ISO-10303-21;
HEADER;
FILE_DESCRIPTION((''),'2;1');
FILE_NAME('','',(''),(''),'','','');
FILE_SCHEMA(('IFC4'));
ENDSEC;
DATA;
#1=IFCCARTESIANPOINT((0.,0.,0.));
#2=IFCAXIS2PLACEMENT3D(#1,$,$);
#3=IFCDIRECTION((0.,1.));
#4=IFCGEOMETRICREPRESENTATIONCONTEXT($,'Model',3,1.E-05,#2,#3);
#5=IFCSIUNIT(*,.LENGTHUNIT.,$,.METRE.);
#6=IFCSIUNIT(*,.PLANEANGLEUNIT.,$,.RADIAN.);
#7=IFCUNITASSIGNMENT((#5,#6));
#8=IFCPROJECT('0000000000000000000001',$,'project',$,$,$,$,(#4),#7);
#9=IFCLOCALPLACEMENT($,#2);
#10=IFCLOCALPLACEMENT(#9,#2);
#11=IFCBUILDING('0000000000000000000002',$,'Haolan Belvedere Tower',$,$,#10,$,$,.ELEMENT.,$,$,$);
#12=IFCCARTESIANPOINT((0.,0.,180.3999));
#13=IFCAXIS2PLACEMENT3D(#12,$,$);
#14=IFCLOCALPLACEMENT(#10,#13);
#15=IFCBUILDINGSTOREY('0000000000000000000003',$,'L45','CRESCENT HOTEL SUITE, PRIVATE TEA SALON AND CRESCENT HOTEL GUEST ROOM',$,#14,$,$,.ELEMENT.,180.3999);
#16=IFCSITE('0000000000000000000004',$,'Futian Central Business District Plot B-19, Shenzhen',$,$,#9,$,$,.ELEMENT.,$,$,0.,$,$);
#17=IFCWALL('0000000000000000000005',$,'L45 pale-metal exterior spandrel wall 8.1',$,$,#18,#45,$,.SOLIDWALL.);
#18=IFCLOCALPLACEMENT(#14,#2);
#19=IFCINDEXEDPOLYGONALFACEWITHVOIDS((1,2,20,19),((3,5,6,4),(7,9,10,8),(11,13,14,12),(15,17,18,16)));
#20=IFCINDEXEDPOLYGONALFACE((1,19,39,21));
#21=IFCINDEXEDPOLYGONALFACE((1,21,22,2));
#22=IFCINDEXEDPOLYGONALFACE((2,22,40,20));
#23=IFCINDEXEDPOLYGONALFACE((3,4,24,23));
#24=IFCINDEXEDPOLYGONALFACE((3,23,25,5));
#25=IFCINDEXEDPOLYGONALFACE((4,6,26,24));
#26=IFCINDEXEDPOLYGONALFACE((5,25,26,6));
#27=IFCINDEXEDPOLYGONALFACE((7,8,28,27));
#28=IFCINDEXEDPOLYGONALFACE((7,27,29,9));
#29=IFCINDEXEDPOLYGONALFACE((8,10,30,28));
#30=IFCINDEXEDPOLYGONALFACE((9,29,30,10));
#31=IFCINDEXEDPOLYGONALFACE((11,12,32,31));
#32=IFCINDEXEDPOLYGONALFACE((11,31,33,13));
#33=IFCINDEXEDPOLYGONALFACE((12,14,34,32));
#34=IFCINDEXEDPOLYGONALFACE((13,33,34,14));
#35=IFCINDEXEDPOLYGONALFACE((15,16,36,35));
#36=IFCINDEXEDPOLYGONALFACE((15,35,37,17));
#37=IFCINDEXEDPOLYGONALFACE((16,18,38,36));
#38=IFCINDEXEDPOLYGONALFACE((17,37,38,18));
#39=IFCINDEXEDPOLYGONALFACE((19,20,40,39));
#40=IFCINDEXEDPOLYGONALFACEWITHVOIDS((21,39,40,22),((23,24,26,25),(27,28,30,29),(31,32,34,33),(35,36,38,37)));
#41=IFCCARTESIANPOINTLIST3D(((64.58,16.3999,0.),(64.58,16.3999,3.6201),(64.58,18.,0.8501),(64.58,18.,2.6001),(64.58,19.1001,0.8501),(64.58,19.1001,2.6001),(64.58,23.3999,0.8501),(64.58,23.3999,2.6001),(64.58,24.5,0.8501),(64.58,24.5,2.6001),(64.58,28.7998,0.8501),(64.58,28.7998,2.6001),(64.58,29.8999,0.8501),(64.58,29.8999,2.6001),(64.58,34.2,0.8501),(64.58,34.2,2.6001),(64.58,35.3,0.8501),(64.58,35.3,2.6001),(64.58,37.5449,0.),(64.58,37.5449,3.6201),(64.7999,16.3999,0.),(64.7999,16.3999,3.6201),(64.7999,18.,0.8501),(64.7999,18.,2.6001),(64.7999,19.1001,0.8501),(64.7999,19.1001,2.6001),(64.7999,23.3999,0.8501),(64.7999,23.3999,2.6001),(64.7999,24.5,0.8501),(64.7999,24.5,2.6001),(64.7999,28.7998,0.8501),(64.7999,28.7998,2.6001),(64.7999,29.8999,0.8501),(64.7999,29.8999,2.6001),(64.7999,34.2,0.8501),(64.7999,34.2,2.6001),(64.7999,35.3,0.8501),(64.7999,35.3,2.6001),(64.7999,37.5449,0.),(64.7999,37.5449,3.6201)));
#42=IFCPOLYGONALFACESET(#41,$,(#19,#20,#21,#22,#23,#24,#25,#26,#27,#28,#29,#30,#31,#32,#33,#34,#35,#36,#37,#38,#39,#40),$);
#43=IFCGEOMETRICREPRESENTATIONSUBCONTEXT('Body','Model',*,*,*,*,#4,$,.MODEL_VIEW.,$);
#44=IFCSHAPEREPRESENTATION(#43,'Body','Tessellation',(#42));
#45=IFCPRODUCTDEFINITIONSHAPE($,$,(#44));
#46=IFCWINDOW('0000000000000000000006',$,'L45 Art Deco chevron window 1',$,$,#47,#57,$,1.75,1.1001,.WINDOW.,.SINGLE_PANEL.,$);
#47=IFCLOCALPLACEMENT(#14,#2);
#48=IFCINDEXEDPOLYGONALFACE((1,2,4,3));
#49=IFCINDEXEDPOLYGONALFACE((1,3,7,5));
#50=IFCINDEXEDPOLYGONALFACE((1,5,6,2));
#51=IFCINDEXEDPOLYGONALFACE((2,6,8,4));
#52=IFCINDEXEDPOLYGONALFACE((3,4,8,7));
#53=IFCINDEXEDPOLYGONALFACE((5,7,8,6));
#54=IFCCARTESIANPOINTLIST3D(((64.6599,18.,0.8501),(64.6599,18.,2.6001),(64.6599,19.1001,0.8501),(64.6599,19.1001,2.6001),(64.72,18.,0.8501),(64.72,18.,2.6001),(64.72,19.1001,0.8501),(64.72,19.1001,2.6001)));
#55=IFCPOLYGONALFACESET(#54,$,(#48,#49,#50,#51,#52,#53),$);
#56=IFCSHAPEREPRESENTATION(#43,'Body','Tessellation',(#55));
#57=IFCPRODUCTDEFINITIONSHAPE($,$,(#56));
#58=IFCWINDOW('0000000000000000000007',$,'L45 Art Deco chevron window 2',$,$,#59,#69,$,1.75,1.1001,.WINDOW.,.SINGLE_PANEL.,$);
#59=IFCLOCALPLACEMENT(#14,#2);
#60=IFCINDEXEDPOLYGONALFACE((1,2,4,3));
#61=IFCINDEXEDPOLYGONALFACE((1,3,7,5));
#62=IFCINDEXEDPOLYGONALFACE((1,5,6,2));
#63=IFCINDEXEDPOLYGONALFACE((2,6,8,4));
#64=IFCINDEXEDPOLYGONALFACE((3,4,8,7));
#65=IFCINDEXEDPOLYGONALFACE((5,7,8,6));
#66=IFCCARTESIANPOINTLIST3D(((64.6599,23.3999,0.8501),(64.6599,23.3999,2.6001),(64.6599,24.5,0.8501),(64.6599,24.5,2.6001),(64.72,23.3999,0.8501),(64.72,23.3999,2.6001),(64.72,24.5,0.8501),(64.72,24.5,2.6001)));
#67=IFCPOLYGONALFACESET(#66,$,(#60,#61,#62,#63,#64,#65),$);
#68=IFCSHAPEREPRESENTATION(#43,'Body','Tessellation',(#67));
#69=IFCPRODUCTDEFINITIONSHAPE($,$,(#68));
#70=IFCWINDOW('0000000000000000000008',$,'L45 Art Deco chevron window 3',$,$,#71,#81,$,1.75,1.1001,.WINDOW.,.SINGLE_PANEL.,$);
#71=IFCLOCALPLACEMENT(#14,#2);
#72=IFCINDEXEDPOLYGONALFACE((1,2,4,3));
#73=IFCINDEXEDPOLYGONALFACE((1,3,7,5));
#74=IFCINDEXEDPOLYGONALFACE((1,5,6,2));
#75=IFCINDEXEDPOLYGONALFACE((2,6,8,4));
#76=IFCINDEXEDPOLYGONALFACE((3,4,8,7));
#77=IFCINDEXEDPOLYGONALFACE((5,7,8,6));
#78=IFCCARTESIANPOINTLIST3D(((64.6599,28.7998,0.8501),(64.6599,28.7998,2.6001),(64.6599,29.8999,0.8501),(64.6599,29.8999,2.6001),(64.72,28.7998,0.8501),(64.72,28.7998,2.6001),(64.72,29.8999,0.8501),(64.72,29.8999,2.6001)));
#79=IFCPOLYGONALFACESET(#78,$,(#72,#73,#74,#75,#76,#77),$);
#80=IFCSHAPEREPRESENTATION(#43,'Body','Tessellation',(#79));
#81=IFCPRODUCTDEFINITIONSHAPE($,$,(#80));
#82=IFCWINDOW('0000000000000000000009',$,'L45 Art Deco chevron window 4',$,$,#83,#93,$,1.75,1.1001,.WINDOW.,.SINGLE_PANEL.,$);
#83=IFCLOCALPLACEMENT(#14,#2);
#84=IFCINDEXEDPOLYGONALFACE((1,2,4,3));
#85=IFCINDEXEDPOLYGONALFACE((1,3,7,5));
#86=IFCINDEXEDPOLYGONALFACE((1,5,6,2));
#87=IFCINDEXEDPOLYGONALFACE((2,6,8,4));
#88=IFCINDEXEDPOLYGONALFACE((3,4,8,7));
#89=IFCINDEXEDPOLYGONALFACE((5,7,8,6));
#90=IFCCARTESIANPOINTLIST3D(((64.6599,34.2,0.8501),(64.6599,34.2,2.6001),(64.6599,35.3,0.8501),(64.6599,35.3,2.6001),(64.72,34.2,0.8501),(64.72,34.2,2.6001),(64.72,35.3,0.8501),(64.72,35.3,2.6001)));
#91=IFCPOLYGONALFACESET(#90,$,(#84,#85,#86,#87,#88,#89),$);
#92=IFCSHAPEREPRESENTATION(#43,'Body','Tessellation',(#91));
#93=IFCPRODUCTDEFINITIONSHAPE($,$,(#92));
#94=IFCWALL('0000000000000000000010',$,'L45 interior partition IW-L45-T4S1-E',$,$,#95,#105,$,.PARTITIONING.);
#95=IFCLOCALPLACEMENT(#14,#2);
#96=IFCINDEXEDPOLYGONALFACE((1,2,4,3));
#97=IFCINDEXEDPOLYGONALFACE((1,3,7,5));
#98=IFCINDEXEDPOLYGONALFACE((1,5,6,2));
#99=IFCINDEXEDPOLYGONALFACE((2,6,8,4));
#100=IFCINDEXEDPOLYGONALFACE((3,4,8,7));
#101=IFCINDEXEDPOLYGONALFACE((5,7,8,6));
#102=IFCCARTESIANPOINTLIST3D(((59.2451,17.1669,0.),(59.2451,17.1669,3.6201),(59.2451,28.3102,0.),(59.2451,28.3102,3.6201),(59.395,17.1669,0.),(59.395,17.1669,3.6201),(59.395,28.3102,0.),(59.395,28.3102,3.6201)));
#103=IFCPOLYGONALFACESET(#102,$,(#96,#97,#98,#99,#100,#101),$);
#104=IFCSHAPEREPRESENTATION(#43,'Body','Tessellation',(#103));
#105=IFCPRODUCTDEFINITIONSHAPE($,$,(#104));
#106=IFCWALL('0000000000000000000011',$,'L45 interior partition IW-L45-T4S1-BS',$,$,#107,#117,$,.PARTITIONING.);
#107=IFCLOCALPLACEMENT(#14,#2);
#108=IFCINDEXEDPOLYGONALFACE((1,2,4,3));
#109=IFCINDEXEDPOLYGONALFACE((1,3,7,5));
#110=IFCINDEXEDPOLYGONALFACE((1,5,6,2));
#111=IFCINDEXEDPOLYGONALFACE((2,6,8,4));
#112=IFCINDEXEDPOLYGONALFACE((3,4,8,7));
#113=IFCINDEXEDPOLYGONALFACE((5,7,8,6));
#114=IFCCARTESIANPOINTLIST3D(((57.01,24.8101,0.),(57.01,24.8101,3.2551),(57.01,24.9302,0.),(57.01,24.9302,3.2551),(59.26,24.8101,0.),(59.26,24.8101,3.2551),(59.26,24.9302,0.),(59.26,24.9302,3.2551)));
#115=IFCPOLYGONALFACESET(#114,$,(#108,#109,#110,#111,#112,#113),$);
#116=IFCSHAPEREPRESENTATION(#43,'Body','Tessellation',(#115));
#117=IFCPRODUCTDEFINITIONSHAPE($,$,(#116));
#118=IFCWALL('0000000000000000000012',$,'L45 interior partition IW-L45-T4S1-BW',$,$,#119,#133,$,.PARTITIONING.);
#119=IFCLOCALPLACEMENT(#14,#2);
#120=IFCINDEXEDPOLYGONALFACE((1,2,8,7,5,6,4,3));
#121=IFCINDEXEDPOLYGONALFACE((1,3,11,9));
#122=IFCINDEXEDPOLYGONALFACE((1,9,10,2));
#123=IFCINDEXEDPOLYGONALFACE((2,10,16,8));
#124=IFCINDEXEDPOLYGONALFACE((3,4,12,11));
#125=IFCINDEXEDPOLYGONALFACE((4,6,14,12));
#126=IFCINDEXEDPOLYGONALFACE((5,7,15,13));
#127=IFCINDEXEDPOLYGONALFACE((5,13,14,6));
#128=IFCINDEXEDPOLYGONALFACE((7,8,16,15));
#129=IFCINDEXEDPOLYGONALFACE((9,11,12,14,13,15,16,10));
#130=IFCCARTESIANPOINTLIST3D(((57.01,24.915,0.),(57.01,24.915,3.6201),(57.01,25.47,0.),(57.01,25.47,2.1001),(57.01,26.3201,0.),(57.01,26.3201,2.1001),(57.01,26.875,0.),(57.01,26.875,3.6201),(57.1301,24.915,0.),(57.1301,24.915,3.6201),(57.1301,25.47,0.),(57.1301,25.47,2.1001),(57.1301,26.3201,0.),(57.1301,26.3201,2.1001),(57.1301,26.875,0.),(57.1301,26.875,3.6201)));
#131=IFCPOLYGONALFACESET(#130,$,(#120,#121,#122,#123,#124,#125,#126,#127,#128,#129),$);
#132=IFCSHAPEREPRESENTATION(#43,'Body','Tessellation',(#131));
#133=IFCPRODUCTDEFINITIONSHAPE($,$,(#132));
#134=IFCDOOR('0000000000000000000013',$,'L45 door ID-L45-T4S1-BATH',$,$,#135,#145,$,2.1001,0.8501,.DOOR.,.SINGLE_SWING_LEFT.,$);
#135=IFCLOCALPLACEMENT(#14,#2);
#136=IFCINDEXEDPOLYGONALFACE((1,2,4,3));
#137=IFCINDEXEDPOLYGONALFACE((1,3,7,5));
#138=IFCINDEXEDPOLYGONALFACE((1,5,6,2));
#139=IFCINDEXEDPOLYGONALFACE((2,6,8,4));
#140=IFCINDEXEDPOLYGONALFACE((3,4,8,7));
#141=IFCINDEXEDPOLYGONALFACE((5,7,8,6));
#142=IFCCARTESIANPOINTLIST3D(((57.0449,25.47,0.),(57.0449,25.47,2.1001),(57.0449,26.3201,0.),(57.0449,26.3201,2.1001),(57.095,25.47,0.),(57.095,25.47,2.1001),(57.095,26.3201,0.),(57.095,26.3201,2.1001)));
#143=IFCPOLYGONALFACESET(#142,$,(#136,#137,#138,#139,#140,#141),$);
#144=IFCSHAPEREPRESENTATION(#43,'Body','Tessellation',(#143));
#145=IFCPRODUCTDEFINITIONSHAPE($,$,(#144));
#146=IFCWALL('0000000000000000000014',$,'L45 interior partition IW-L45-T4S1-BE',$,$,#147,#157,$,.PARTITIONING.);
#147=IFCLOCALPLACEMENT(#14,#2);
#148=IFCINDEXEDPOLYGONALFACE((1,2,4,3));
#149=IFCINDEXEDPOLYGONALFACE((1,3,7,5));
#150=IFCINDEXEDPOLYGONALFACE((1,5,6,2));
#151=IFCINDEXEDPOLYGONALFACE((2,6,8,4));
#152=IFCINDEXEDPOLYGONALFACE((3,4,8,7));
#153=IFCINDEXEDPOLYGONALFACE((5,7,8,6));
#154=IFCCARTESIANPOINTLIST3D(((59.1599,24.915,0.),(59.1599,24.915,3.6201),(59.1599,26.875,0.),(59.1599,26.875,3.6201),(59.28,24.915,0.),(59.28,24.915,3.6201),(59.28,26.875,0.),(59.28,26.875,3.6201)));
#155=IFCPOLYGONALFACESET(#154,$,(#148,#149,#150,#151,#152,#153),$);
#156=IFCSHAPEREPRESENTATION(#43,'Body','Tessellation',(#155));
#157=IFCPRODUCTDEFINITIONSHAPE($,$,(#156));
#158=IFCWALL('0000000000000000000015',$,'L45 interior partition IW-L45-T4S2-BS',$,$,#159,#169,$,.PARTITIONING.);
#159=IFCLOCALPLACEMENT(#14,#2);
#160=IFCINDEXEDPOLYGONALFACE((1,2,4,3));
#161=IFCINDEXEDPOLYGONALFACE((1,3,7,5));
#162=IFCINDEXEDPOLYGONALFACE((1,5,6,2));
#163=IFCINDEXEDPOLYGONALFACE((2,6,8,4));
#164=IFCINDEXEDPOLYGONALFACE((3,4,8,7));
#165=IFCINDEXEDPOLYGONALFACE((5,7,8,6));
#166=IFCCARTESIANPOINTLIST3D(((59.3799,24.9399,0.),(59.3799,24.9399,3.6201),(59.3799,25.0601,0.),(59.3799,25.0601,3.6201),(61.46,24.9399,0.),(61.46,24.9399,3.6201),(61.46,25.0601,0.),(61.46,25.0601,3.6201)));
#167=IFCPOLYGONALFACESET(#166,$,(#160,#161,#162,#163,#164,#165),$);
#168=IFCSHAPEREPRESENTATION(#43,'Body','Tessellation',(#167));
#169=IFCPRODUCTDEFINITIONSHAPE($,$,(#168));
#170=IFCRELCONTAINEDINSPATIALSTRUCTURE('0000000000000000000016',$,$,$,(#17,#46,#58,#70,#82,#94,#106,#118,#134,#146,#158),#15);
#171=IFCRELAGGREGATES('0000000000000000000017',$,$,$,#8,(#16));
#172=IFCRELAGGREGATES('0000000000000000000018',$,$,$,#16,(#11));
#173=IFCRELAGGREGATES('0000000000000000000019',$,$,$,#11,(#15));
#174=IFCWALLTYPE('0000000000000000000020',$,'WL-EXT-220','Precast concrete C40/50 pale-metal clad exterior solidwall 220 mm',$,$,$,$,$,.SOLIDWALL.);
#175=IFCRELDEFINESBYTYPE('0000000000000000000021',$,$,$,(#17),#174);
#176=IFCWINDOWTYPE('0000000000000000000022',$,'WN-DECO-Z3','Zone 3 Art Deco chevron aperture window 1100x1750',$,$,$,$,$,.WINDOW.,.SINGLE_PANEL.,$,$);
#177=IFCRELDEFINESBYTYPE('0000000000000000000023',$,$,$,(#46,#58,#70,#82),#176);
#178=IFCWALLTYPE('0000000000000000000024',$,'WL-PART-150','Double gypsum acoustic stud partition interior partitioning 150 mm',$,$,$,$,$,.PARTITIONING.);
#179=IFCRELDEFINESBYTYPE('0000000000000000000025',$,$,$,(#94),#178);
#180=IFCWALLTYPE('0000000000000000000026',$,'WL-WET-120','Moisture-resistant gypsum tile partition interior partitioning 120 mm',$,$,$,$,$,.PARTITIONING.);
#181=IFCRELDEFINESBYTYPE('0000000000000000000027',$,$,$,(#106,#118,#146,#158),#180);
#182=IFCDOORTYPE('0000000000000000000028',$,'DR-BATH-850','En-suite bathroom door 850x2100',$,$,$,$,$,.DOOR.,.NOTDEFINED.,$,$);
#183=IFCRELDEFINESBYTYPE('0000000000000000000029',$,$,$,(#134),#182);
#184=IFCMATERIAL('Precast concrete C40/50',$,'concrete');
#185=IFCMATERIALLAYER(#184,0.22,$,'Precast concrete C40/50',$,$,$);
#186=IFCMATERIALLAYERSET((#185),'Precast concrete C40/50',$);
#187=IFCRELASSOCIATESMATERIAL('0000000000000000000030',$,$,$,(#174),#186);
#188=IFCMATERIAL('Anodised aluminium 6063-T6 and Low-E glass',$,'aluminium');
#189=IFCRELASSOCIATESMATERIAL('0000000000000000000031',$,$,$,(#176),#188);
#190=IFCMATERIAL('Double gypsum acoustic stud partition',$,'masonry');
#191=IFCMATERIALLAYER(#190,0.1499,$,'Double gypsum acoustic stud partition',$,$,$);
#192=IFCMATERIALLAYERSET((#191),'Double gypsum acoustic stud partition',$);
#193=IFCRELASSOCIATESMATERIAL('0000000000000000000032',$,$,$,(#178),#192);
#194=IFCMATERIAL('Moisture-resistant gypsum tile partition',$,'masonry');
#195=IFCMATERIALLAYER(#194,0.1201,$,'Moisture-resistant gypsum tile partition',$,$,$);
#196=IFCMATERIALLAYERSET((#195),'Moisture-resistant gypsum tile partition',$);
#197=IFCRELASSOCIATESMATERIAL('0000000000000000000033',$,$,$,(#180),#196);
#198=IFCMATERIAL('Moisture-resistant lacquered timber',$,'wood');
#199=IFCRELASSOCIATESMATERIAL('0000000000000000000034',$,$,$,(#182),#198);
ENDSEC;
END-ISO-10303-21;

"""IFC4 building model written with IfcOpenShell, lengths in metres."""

from ifc_helpers import new_model, si_unit, direction, frame, frame_2d, origin, place, context, subcontext, project, spatial, rectangle, extrude, material, layer, layer_set, type_object, element, fill, save


model = new_model("IFC4")

# Units and contexts
model_context = context("Model", 3, precision=1e-05, world=origin(), true_north=direction((0.0, 1.0)))
body_context = subcontext(model_context, "Body", "Model", "MODEL_VIEW")
ifc_project = project(units=[si_unit("LENGTHUNIT", "METRE"), si_unit("PLANEANGLEUNIT", "RADIAN")], contexts=[model_context])

# Site, building, storey
site_placement = place(None, origin())
site = spatial("IfcSite", under=ifc_project, at=site_placement, Name="Futian Central Business District Plot B-19, Shenzhen", CompositionType="ELEMENT", RefElevation=0.0)
building_placement = place(site_placement, origin())
building = spatial("IfcBuilding", under=site, at=building_placement, Name="Haolan Belvedere Tower", CompositionType="ELEMENT")
storey_placement = place(building_placement, frame((0.0, 0.0, 180.3999)))
storey = spatial("IfcBuildingStorey", under=building, at=storey_placement, Name="L45", Description="CRESCENT HOTEL SUITE, PRIVATE TEA SALON AND CRESCENT HOTEL GUEST ROOM", CompositionType="ELEMENT", Elevation=180.3999)

# Shared definitions
ifc_material_1 = material(Name="Precast concrete C40/50", Category="concrete")
ifc_layer_1 = layer(ifc_material_1, 0.22, Name="Precast concrete C40/50")
ifc_layer_set_1 = layer_set([ifc_layer_1], Name="Precast concrete C40/50")
wall_type_1 = type_object("IfcWallType", Name="WL-EXT-220", Description="Precast concrete C40/50 pale-metal clad exterior solidwall 220 mm", PredefinedType="SOLIDWALL", material=ifc_layer_set_1)
ifc_material_2 = material(Name="Anodised aluminium 6063-T6 and Low-E glass", Category="aluminium")
window_type = type_object("IfcWindowType", Name="WN-DECO-Z3", Description="Zone 3 Art Deco chevron aperture window 1100x1750", PartitioningType="SINGLE_PANEL", PredefinedType="WINDOW", material=ifc_material_2)

# Wall, openings, windows
wall_1_placement = place(storey_placement, frame((64.6899, 16.3999, 0.0), z_axis=(0.0, 0.0, 1.0), x_axis=(0.0, 1.0, 0.0)))
wall_1 = element("IfcWall", 1, at=wall_1_placement, inside=storey, type_object=wall_type_1, Name="L45 pale-metal exterior spandrel wall 8.1", PredefinedType="SOLIDWALL", context=body_context, shape_type="SweptSolid", body=[
    extrude(rectangle(XDim=21.145, YDim=0.22, at=frame_2d((10.5725, 0.0))), origin(), (0.0, 0.0, 1.0), 3.6201),
])
opening_1_placement = place(wall_1_placement, frame((1.6001, 0.0, 0.8501)))
opening_1 = element("IfcOpeningElement", 2, at=opening_1_placement, cuts=wall_1, PredefinedType="OPENING", context=body_context, shape_type="SweptSolid", body=[
    extrude(rectangle(XDim=1.1001, YDim=1.75, at=frame_2d((0.55, 0.875))), frame((0.0, 0.1199, 0.0), z_axis=(0.0, -1.0, 0.0), x_axis=(1.0, 0.0, 0.0)), (0.0, 0.0, 1.0), 0.24),
])
opening_2_placement = place(wall_1_placement, frame((7.0, 0.0, 0.8501)))
opening_2 = element("IfcOpeningElement", 3, at=opening_2_placement, cuts=wall_1, PredefinedType="OPENING", context=body_context, shape_type="SweptSolid", body=[
    extrude(rectangle(XDim=1.1001, YDim=1.75, at=frame_2d((0.55, 0.875))), frame((0.0, 0.1199, 0.0), z_axis=(0.0, -1.0, 0.0), x_axis=(1.0, 0.0, 0.0)), (0.0, 0.0, 1.0), 0.24),
])
opening_3_placement = place(wall_1_placement, frame((12.3999, 0.0, 0.8501)))
opening_3 = element("IfcOpeningElement", 4, at=opening_3_placement, cuts=wall_1, PredefinedType="OPENING", context=body_context, shape_type="SweptSolid", body=[
    extrude(rectangle(XDim=1.1001, YDim=1.75, at=frame_2d((0.55, 0.875))), frame((0.0, 0.1199, 0.0), z_axis=(0.0, -1.0, 0.0), x_axis=(1.0, 0.0, 0.0)), (0.0, 0.0, 1.0), 0.24),
])
opening_4_placement = place(wall_1_placement, frame((17.8, 0.0, 0.8501)))
opening_4 = element("IfcOpeningElement", 5, at=opening_4_placement, cuts=wall_1, PredefinedType="OPENING", context=body_context, shape_type="SweptSolid", body=[
    extrude(rectangle(XDim=1.1001, YDim=1.75, at=frame_2d((0.55, 0.875))), frame((0.0, 0.1199, 0.0), z_axis=(0.0, -1.0, 0.0), x_axis=(1.0, 0.0, 0.0)), (0.0, 0.0, 1.0), 0.24),
])
window_1_placement = place(opening_1_placement, origin())
window_1 = element("IfcWindow", 6, at=window_1_placement, inside=storey, type_object=window_type, Name="L45 Art Deco chevron window 1", OverallHeight=1.75, OverallWidth=1.1001, PartitioningType="SINGLE_PANEL", PredefinedType="WINDOW", context=body_context, shape_type="SweptSolid", body=[
    extrude(rectangle(XDim=1.1001, YDim=1.75, at=frame_2d((0.55, 0.875))), frame((0.0, 0.03, 0.0), z_axis=(0.0, -1.0, 0.0), x_axis=(1.0, 0.0, 0.0)), (0.0, 0.0, 1.0), 0.0601),
])
fill(opening_1, window_1)
window_2_placement = place(opening_2_placement, origin())
window_2 = element("IfcWindow", 7, at=window_2_placement, inside=storey, type_object=window_type, Name="L45 Art Deco chevron window 2", OverallHeight=1.75, OverallWidth=1.1001, PartitioningType="SINGLE_PANEL", PredefinedType="WINDOW", context=body_context, shape_type="SweptSolid", body=[
    extrude(rectangle(XDim=1.1001, YDim=1.75, at=frame_2d((0.55, 0.875))), frame((0.0, 0.03, 0.0), z_axis=(0.0, -1.0, 0.0), x_axis=(1.0, 0.0, 0.0)), (0.0, 0.0, 1.0), 0.0601),
])
fill(opening_2, window_2)
window_3_placement = place(opening_3_placement, origin())
window_3 = element("IfcWindow", 8, at=window_3_placement, inside=storey, type_object=window_type, Name="L45 Art Deco chevron window 3", OverallHeight=1.75, OverallWidth=1.1001, PartitioningType="SINGLE_PANEL", PredefinedType="WINDOW", context=body_context, shape_type="SweptSolid", body=[
    extrude(rectangle(XDim=1.1001, YDim=1.75, at=frame_2d((0.55, 0.875))), frame((0.0, 0.03, 0.0), z_axis=(0.0, -1.0, 0.0), x_axis=(1.0, 0.0, 0.0)), (0.0, 0.0, 1.0), 0.0601),
])
fill(opening_3, window_3)
window_4_placement = place(opening_4_placement, origin())
window_4 = element("IfcWindow", 9, at=window_4_placement, inside=storey, type_object=window_type, Name="L45 Art Deco chevron window 4", OverallHeight=1.75, OverallWidth=1.1001, PartitioningType="SINGLE_PANEL", PredefinedType="WINDOW", context=body_context, shape_type="SweptSolid", body=[
    extrude(rectangle(XDim=1.1001, YDim=1.75, at=frame_2d((0.55, 0.875))), frame((0.0, 0.03, 0.0), z_axis=(0.0, -1.0, 0.0), x_axis=(1.0, 0.0, 0.0)), (0.0, 0.0, 1.0), 0.0601),
])
fill(opening_4, window_4)

# Walls
ifc_material_3 = material(Name="Double gypsum acoustic stud partition", Category="masonry")
ifc_layer_2 = layer(ifc_material_3, 0.1499, Name="Double gypsum acoustic stud partition")
ifc_layer_set_2 = layer_set([ifc_layer_2], Name="Double gypsum acoustic stud partition")
wall_type_2 = type_object("IfcWallType", Name="WL-PART-150", Description="Double gypsum acoustic stud partition interior partitioning 150 mm", PredefinedType="PARTITIONING", material=ifc_layer_set_2)
wall_2_placement = place(storey_placement, frame((59.3201, 17.1667, 0.0), z_axis=(0.0, 0.0, 1.0), x_axis=(0.0, 1.0, 0.0)))
element("IfcWall", 10, at=wall_2_placement, inside=storey, type_object=wall_type_2, Name="L45 interior partition IW-L45-T4S1-E", PredefinedType="PARTITIONING", context=body_context, shape_type="SweptSolid", body=[
    extrude(rectangle(XDim=11.1433, YDim=0.1499, at=frame_2d((5.5718, 0.0))), origin(), (0.0, 0.0, 1.0), 3.6201),
])
ifc_material_4 = material(Name="Moisture-resistant gypsum tile partition", Category="masonry")
ifc_layer_3 = layer(ifc_material_4, 0.1201, Name="Moisture-resistant gypsum tile partition")
ifc_layer_set_3 = layer_set([ifc_layer_3], Name="Moisture-resistant gypsum tile partition")
wall_type_3 = type_object("IfcWallType", Name="WL-WET-120", Description="Moisture-resistant gypsum tile partition interior partitioning 120 mm", PredefinedType="PARTITIONING", material=ifc_layer_set_3)
wall_3_placement = place(storey_placement, frame((57.01, 24.8701, 0.0), z_axis=(0.0, 0.0, 1.0), x_axis=(1.0, 0.0, 0.0)))
element("IfcWall", 11, at=wall_3_placement, inside=storey, type_object=wall_type_3, Name="L45 interior partition IW-L45-T4S1-BS", PredefinedType="PARTITIONING", context=body_context, shape_type="SweptSolid", body=[
    extrude(rectangle(XDim=2.25, YDim=0.1201, at=frame_2d((1.125, 0.0))), origin(), (0.0, 0.0, 1.0), 3.2551),
])

# Wall, opening, door
wall_4_placement = place(storey_placement, frame((57.0701, 24.915, 0.0), z_axis=(0.0, 0.0, 1.0), x_axis=(0.0, 1.0, 0.0)))
wall_4 = element("IfcWall", 12, at=wall_4_placement, inside=storey, type_object=wall_type_3, Name="L45 interior partition IW-L45-T4S1-BW", PredefinedType="PARTITIONING", context=body_context, shape_type="SweptSolid", body=[
    extrude(rectangle(XDim=1.96, YDim=0.1201, at=frame_2d((0.98, 0.0))), origin(), (0.0, 0.0, 1.0), 3.6201),
])
opening_5_placement = place(wall_4_placement, frame((1.405, 0.0, 0.0), z_axis=(0.0, 0.0, 1.0), x_axis=(-1.0, 0.0, 0.0)))
opening_5 = element("IfcOpeningElement", 13, at=opening_5_placement, cuts=wall_4, PredefinedType="OPENING", context=body_context, shape_type="SweptSolid", body=[
    extrude(rectangle(XDim=0.8501, YDim=2.1001, at=frame_2d((0.425, 1.05))), frame((0.0, 0.0701, 0.0), z_axis=(0.0, -1.0, 0.0), x_axis=(1.0, 0.0, 0.0)), (0.0, 0.0, 1.0), 0.1401),
])
ifc_material_5 = material(Name="Moisture-resistant lacquered timber", Category="wood")
door_type = type_object("IfcDoorType", Name="DR-BATH-850", Description="En-suite bathroom door 850x2100", OperationType="NOTDEFINED", PredefinedType="DOOR", material=ifc_material_5)
door_placement = place(opening_5_placement, origin())
door = element("IfcDoor", 14, at=door_placement, inside=storey, type_object=door_type, Name="L45 door ID-L45-T4S1-BATH", OperationType="SINGLE_SWING_LEFT", OverallHeight=2.1001, OverallWidth=0.8501, PredefinedType="DOOR", context=body_context, shape_type="SweptSolid", body=[
    extrude(rectangle(XDim=0.8501, YDim=2.1001, at=frame_2d((0.425, 1.05))), frame((0.0, 0.0249, 0.0), z_axis=(0.0, -1.0, 0.0), x_axis=(1.0, 0.0, 0.0)), (0.0, 0.0, 1.0), 0.05),
])
fill(opening_5, door)

# Walls
wall_5_placement = place(storey_placement, frame((59.22, 24.915, 0.0), z_axis=(0.0, 0.0, 1.0), x_axis=(0.0, 1.0, 0.0)))
element("IfcWall", 15, at=wall_5_placement, inside=storey, type_object=wall_type_3, Name="L45 interior partition IW-L45-T4S1-BE", PredefinedType="PARTITIONING", context=body_context, shape_type="SweptSolid", body=[
    extrude(rectangle(XDim=1.96, YDim=0.1201, at=frame_2d((0.98, 0.0))), origin(), (0.0, 0.0, 1.0), 3.6201),
])
wall_6_placement = place(storey_placement, frame((59.3799, 25.0, 0.0), z_axis=(0.0, 0.0, 1.0), x_axis=(1.0, 0.0, 0.0)))
element("IfcWall", 16, at=wall_6_placement, inside=storey, type_object=wall_type_3, Name="L45 interior partition IW-L45-T4S2-BS", PredefinedType="PARTITIONING", context=body_context, shape_type="SweptSolid", body=[
    extrude(rectangle(XDim=2.0801, YDim=0.1201, at=frame_2d((1.04, 0.0))), origin(), (0.0, 0.0, 1.0), 3.6201),
])

save(model, "model.ifc")
